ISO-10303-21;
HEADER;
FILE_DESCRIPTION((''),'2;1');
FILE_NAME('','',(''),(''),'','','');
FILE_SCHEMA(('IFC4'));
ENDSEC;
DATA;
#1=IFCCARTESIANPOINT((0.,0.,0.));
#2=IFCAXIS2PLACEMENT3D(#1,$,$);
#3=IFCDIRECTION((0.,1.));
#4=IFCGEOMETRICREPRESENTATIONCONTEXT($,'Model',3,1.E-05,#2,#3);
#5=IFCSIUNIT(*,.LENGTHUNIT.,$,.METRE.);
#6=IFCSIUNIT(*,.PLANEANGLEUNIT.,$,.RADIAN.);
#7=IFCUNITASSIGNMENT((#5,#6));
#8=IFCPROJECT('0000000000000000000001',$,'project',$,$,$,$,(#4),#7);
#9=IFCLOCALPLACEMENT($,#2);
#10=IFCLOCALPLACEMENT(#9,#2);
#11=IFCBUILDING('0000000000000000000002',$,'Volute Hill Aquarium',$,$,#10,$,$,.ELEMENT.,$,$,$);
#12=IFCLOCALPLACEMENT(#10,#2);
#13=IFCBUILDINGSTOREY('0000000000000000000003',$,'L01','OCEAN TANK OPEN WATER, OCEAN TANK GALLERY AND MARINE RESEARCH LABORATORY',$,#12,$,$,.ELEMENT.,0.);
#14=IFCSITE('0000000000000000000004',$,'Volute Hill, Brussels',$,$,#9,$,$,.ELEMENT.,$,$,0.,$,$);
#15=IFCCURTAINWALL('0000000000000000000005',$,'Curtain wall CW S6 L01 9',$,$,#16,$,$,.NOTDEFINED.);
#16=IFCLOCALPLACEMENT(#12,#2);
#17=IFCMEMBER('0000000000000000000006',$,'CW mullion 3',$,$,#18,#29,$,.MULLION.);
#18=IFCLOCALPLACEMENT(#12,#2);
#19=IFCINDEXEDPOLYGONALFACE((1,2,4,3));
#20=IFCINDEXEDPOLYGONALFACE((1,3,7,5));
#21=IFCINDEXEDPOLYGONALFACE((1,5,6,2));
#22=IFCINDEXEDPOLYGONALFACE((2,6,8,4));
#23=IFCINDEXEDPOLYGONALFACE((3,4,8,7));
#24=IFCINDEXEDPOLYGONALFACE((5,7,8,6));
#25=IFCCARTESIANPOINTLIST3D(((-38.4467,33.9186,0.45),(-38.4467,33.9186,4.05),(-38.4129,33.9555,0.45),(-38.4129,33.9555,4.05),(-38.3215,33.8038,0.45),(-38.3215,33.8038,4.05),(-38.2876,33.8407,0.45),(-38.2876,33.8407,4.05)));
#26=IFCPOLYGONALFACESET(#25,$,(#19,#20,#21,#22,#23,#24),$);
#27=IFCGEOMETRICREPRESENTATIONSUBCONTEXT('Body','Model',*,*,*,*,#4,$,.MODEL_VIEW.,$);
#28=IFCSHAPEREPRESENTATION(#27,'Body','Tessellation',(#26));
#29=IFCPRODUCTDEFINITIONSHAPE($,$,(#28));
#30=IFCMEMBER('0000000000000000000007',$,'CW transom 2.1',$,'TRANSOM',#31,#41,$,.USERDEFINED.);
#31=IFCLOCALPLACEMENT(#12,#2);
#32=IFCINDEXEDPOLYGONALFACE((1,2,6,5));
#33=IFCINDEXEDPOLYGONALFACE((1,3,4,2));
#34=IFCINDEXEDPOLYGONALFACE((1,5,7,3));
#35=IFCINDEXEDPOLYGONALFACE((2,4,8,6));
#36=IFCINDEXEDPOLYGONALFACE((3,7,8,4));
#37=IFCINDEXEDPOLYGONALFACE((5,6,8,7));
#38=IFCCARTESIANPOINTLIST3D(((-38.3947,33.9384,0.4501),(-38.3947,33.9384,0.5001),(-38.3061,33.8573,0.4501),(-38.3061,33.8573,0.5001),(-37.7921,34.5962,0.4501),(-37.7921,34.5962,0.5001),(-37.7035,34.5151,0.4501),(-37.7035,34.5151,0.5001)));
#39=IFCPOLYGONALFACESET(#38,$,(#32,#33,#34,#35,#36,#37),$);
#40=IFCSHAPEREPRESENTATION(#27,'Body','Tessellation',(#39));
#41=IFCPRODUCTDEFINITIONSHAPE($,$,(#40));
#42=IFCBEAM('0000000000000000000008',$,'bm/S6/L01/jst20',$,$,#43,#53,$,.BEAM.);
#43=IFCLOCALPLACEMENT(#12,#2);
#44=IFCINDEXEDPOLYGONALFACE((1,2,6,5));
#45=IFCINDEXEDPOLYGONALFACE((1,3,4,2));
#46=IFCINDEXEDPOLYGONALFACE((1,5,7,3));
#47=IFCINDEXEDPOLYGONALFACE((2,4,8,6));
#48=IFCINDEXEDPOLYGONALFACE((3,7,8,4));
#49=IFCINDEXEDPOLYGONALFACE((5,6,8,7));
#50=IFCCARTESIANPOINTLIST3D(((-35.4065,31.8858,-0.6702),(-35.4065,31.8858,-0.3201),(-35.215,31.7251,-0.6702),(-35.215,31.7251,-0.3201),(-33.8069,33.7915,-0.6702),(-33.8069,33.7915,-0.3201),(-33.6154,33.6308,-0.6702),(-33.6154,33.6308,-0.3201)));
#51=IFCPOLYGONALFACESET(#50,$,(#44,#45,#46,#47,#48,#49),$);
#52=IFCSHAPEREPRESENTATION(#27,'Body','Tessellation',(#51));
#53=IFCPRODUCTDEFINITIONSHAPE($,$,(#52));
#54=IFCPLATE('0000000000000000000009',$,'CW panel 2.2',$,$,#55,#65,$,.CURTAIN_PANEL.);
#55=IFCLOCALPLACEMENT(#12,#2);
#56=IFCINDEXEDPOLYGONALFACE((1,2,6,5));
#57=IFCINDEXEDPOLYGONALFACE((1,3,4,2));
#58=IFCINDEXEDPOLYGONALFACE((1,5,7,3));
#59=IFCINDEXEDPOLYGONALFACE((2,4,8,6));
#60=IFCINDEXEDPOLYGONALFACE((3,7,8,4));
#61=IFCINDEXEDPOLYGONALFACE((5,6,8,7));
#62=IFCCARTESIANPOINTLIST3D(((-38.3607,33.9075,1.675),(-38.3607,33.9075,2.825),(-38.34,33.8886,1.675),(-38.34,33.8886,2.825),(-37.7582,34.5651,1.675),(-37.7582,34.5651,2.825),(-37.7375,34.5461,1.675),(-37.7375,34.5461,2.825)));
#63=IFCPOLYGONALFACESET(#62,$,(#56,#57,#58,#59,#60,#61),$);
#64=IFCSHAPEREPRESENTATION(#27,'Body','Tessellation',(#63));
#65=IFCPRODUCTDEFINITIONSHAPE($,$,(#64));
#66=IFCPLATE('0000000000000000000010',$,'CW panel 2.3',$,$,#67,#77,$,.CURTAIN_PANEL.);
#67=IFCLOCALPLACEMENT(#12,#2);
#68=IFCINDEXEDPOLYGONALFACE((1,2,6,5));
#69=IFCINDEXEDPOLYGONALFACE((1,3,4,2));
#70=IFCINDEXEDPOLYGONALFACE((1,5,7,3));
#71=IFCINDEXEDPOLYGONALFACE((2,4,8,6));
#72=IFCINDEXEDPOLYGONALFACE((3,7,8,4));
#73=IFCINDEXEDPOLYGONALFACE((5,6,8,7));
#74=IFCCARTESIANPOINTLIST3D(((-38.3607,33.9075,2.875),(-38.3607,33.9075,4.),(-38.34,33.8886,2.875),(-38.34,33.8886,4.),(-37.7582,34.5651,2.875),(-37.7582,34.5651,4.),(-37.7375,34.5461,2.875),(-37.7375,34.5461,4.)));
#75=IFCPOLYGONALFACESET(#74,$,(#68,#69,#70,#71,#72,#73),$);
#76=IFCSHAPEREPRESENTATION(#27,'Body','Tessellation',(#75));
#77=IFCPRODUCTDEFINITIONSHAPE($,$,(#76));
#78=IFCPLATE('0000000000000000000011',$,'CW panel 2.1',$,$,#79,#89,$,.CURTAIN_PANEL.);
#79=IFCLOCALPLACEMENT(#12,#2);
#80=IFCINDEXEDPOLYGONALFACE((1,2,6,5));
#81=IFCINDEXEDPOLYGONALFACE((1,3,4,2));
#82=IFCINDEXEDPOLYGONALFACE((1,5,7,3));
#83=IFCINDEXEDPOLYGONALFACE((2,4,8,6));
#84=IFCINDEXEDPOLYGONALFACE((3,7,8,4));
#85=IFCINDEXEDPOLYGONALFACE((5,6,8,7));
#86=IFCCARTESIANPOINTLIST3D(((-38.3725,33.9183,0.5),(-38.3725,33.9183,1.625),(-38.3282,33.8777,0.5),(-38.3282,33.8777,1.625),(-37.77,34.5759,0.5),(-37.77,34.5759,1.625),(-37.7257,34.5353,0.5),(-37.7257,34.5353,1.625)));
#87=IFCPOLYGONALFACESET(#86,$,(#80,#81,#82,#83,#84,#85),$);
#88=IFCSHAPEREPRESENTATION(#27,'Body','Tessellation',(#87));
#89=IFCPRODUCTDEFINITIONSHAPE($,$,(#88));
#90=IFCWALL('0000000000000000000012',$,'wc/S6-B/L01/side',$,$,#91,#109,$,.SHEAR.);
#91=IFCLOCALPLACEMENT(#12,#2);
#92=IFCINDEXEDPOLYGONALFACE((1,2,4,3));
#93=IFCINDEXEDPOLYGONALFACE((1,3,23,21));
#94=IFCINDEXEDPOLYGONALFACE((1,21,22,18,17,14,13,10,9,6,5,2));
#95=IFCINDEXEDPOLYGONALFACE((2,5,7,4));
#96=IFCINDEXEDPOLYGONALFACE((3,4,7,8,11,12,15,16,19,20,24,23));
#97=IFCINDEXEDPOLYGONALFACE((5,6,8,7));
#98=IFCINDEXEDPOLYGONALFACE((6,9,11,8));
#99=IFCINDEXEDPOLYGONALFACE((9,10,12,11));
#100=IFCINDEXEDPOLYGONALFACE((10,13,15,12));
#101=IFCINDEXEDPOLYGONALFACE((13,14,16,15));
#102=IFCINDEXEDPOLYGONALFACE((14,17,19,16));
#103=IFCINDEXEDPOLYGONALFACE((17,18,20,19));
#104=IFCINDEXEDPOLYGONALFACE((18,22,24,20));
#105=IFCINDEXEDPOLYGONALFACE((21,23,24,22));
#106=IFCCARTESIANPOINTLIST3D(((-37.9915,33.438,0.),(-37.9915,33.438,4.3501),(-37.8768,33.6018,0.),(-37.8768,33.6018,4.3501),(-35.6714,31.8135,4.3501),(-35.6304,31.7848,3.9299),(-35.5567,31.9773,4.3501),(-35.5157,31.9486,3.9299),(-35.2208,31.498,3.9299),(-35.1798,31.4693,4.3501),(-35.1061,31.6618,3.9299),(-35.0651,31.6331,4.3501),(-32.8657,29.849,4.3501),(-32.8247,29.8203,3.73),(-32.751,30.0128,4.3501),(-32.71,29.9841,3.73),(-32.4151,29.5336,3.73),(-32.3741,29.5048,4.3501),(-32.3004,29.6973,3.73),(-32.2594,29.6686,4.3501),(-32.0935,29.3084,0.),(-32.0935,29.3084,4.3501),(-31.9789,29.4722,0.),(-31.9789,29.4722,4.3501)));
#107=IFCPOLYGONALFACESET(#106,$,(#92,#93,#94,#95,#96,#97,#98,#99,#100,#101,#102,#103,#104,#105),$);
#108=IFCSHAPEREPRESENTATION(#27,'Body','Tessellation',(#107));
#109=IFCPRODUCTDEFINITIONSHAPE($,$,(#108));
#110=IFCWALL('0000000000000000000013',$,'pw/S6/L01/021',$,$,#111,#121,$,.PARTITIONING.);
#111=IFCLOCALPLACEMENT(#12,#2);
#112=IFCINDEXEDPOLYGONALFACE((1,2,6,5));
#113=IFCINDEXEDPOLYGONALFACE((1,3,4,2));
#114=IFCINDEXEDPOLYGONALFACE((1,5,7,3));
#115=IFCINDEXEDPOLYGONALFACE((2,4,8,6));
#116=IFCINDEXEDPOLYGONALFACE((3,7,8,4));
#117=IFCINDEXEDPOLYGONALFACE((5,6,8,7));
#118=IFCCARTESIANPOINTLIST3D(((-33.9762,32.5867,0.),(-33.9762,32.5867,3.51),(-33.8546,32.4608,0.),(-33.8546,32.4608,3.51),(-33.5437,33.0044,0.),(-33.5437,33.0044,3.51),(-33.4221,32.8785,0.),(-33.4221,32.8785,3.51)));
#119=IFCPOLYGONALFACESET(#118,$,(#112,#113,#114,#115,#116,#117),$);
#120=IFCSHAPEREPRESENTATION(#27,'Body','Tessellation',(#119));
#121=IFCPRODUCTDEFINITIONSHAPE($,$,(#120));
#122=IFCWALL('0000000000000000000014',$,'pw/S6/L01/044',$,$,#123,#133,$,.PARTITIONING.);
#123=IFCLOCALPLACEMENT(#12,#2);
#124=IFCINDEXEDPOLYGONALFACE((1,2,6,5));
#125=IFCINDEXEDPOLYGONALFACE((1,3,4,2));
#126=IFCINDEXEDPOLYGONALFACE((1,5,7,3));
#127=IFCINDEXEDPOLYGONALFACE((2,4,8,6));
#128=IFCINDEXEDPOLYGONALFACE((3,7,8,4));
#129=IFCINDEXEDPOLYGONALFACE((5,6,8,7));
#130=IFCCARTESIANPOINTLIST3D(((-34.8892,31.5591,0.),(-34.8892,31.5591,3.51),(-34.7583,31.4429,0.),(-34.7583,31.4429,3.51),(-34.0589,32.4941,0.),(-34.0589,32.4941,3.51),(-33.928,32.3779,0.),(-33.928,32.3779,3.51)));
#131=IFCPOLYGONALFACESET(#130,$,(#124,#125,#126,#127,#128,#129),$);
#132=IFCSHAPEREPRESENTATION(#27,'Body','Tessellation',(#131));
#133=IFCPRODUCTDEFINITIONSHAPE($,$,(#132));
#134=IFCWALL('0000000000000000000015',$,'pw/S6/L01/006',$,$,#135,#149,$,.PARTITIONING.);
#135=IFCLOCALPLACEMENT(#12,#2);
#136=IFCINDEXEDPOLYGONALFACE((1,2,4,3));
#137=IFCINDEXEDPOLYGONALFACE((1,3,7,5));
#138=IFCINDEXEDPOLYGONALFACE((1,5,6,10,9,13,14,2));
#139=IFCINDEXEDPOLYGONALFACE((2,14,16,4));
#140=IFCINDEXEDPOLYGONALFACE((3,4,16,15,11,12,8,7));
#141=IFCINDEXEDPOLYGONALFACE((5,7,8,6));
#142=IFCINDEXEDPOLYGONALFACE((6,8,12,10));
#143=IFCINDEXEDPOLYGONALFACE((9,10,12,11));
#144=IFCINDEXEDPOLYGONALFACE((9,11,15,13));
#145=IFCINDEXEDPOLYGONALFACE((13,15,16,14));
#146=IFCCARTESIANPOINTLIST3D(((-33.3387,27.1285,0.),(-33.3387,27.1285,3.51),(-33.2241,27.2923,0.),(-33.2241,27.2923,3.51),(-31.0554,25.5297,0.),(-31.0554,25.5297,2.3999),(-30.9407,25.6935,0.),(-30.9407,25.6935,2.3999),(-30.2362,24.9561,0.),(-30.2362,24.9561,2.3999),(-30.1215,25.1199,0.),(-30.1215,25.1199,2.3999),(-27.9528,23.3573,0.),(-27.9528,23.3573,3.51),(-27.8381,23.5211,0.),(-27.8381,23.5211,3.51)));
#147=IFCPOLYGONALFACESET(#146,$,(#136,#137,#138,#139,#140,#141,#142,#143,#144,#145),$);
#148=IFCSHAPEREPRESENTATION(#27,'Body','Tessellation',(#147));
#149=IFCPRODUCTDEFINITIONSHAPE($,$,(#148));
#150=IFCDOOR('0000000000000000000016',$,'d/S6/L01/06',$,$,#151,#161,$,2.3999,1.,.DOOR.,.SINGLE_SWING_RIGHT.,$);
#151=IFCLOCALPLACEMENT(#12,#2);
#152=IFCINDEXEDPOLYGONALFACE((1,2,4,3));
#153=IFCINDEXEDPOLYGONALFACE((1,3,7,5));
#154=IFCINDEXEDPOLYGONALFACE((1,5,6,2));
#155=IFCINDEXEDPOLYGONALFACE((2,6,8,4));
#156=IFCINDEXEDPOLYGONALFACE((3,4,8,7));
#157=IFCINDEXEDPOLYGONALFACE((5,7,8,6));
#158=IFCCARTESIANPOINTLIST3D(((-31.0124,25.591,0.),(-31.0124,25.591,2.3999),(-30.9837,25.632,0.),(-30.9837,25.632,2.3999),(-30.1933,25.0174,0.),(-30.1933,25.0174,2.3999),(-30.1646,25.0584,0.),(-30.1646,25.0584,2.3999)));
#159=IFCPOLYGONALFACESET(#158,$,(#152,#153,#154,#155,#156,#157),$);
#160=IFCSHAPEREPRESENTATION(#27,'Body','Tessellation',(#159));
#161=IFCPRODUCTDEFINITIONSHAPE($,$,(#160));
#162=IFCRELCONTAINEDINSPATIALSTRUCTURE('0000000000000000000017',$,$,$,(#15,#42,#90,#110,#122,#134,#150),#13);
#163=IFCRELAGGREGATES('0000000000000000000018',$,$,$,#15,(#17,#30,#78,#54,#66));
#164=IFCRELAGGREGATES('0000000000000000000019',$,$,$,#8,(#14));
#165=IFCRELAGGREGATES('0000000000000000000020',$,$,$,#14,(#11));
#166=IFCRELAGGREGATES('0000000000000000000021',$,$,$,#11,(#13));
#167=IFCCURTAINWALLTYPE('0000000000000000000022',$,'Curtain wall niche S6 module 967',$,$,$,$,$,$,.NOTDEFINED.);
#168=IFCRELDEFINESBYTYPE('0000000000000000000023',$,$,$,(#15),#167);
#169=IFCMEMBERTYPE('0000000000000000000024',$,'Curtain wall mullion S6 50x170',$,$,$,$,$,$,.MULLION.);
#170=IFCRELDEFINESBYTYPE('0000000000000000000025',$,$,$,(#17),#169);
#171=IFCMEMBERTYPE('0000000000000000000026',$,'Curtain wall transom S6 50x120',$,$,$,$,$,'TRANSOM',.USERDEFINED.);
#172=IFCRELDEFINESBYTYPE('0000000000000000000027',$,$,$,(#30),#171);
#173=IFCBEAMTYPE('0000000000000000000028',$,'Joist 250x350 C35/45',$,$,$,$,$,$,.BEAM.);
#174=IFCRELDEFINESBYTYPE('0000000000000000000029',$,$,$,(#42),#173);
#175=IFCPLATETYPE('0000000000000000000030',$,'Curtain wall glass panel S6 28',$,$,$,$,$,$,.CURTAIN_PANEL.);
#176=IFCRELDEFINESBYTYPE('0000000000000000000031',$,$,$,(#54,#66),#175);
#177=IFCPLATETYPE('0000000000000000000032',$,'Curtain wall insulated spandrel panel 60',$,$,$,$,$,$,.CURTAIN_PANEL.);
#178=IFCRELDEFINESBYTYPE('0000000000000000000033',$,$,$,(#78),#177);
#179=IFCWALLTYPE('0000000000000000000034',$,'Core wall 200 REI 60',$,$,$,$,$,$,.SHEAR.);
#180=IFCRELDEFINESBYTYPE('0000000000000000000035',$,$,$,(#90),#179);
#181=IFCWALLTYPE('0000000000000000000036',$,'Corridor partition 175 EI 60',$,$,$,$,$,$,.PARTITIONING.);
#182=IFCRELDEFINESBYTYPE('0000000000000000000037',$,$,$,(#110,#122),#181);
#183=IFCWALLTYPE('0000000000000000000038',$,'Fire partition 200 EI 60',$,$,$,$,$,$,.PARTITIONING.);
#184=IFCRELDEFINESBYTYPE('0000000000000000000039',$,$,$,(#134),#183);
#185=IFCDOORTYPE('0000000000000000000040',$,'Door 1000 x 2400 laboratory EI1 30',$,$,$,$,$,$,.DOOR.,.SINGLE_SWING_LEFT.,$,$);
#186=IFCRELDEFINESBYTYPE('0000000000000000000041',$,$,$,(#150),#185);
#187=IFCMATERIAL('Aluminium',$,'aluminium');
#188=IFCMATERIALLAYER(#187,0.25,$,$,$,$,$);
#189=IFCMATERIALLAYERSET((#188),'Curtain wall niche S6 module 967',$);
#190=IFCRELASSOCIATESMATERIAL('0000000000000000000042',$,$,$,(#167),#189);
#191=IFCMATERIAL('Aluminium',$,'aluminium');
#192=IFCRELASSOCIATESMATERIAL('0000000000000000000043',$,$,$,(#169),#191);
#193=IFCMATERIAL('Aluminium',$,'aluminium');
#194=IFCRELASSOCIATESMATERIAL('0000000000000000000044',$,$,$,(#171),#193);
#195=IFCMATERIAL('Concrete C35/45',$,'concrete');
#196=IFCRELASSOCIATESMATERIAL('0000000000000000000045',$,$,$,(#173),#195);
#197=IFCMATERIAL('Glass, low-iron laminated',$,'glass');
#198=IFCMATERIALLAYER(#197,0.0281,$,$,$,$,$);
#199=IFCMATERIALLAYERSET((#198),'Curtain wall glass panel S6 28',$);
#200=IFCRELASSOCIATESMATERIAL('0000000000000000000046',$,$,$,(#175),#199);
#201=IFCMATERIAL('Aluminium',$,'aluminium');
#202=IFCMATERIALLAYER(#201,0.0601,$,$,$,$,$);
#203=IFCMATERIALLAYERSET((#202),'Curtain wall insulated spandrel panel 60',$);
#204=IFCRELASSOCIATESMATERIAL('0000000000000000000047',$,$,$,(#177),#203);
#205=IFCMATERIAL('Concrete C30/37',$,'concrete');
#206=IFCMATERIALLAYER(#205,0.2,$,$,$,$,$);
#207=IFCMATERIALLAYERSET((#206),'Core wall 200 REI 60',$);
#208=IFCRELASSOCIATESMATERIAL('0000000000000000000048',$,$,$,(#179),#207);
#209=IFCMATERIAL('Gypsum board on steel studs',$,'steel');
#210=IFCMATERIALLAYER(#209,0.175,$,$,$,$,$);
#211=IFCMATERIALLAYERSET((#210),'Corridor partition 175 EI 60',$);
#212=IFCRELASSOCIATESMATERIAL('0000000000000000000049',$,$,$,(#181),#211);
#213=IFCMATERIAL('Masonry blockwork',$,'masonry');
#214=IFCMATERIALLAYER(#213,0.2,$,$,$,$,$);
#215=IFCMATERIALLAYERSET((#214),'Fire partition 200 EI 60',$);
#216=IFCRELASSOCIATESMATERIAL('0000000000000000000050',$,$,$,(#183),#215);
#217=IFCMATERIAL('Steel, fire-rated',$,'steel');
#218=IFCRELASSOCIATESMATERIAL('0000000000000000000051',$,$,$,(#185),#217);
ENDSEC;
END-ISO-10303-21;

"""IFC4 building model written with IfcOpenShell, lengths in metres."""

from ifc_helpers import new_model, si_unit, direction, frame, frame_2d, origin, origin_2d, place, context, subcontext, project, spatial, polyline, rectangle, outline, extrude, material, layer, layer_set, material_profile, profile_set, type_object, element, fill, aggregate, save


model = new_model("IFC4")

# Units and contexts
model_context = context("Model", 3, precision=1e-05, world=origin(), true_north=direction((0.0, 1.0)))
body_context = subcontext(model_context, "Body", "Model", "MODEL_VIEW")
ifc_project = project(units=[si_unit("LENGTHUNIT", "METRE"), si_unit("PLANEANGLEUNIT", "RADIAN")], contexts=[model_context])

# Site, building, storey
site_placement = place(None, origin())
site = spatial("IfcSite", under=ifc_project, at=site_placement, Name="Volute Hill, Brussels", CompositionType="ELEMENT", RefElevation=0.0)
building_placement = place(site_placement, origin())
building = spatial("IfcBuilding", under=site, at=building_placement, Name="Volute Hill Aquarium", CompositionType="ELEMENT")
storey_placement = place(building_placement, origin())
storey = spatial("IfcBuildingStorey", under=building, at=storey_placement, Name="L01", Description="OCEAN TANK OPEN WATER, OCEAN TANK GALLERY AND MARINE RESEARCH LABORATORY", CompositionType="ELEMENT", Elevation=0.0)

# Curtain wall, members
ifc_material_1 = material(Name="Aluminium", Category="aluminium")
ifc_layer_1 = layer(ifc_material_1, 0.25)
ifc_layer_set_1 = layer_set([ifc_layer_1], Name="Curtain wall niche S6 module 967")
curtain_wall_type = type_object("IfcCurtainWallType", Name="Curtain wall niche S6 module 967", PredefinedType="NOTDEFINED", material=ifc_layer_set_1)
curtain_wall_placement = place(storey_placement, origin())
curtain_wall = element("IfcCurtainWall", 1, at=curtain_wall_placement, inside=storey, type_object=curtain_wall_type, Name="Curtain wall CW S6 L01 9", PredefinedType="NOTDEFINED")
ifc_material_2 = material(Name="Aluminium", Category="aluminium")
ifc_material_profile_1 = material_profile(ifc_material_2, rectangle(XDim=0.1699, YDim=0.05, at=origin_2d()), Name="Curtain wall mullion S6 50x170")
ifc_profile_set_1 = profile_set([ifc_material_profile_1], Name="Aluminium")
member_type_1 = type_object("IfcMemberType", Name="Curtain wall mullion S6 50x170", PredefinedType="MULLION", material=ifc_profile_set_1)
member_1_placement = place(storey_placement, frame((-38.3672, 33.8796, 0.45), z_axis=(0.0, 0.0, 1.0), x_axis=(0.737285, -0.675582, 0.0)))
member_1 = element("IfcMember", 2, at=member_1_placement, type_object=member_type_1, Name="CW mullion 3", PredefinedType="MULLION", context=body_context, shape_type="SweptSolid", body=[
    extrude(rectangle(XDim=0.1699, YDim=0.05, at=origin_2d()), origin(), (0.0, 0.0, 1.0), 3.6001),
])
ifc_material_3 = material(Name="Aluminium", Category="aluminium")
ifc_material_profile_2 = material_profile(ifc_material_3, rectangle(XDim=0.1201, YDim=0.05, at=origin_2d()), Name="Curtain wall transom S6 50x120")
ifc_profile_set_2 = profile_set([ifc_material_profile_2], Name="Aluminium")
member_type_2 = type_object("IfcMemberType", Name="Curtain wall transom S6 50x120", ElementType="TRANSOM", PredefinedType="USERDEFINED", material=ifc_profile_set_2)
member_2_placement = place(storey_placement, frame((-37.7478, 34.5557, 0.4751), z_axis=(-0.675502, -0.737359, 0.0), x_axis=(0.737359, -0.675502, 0.0)))
member_2 = element("IfcMember", 3, at=member_2_placement, type_object=member_type_2, Name="CW transom 2.1", ObjectType="TRANSOM", PredefinedType="USERDEFINED", context=body_context, shape_type="SweptSolid", body=[
    extrude(rectangle(XDim=0.1201, YDim=0.05, at=origin_2d()), origin(), (0.0, 0.0, 1.0), 0.8921),
])

# Beam
ifc_material_4 = material(Name="Concrete C35/45", Category="concrete")
ifc_material_profile_3 = material_profile(ifc_material_4, rectangle(XDim=0.25, YDim=0.3501, at=origin_2d()), Name="RC joist 250x350")
ifc_profile_set_3 = profile_set([ifc_material_profile_3], Name="Concrete C35/45")
beam_type = type_object("IfcBeamType", Name="Joist 250x350 C35/45", PredefinedType="BEAM", material=ifc_profile_set_3)
beam_placement = place(storey_placement, frame((-33.7112, 33.7112, -0.4951), z_axis=(-0.642902, -0.765948, 0.0), x_axis=(0.765948, -0.642902, 0.0)))
element("IfcBeam", 4, at=beam_placement, inside=storey, type_object=beam_type, Name="bm/S6/L01/jst20", PredefinedType="BEAM", context=body_context, shape_type="SweptSolid", body=[
    extrude(rectangle(XDim=0.25, YDim=0.3501, at=origin_2d()), origin(), (0.0, 0.0, 1.0), 2.488),
])

# Plates
ifc_material_5 = material(Name="Glass, low-iron laminated", Category="glass")
ifc_layer_2 = layer(ifc_material_5, 0.0281)
ifc_layer_set_2 = layer_set([ifc_layer_2], Name="Curtain wall glass panel S6 28")
plate_type_1 = type_object("IfcPlateType", Name="Curtain wall glass panel S6 28", PredefinedType="CURTAIN_PANEL", material=ifc_layer_set_2)
plate_1_placement = place(storey_placement, frame((-38.0491, 34.2268, 1.675), z_axis=(0.0, 0.0, 1.0), x_axis=(-0.675582, -0.737285, 0.0)))
plate_1 = element("IfcPlate", 5, at=plate_1_placement, type_object=plate_type_1, Name="CW panel 2.2", PredefinedType="CURTAIN_PANEL", context=body_context, shape_type="SweptSolid", body=[
    extrude(rectangle(XDim=0.8918, YDim=0.0281, at=origin_2d()), origin(), (0.0, 0.0, 1.0), 1.1499),
])
plate_2_placement = place(storey_placement, frame((-38.0491, 34.2268, 2.875), z_axis=(0.0, 0.0, 1.0), x_axis=(-0.675582, -0.737285, 0.0)))
plate_2 = element("IfcPlate", 6, at=plate_2_placement, type_object=plate_type_1, Name="CW panel 2.3", PredefinedType="CURTAIN_PANEL", context=body_context, shape_type="SweptSolid", body=[
    extrude(rectangle(XDim=0.8918, YDim=0.0281, at=origin_2d()), origin(), (0.0, 0.0, 1.0), 1.125),
])
ifc_material_6 = material(Name="Aluminium", Category="aluminium")
ifc_layer_3 = layer(ifc_material_6, 0.0601)
ifc_layer_set_3 = layer_set([ifc_layer_3], Name="Curtain wall insulated spandrel panel 60")
plate_type_2 = type_object("IfcPlateType", Name="Curtain wall insulated spandrel panel 60", PredefinedType="CURTAIN_PANEL", material=ifc_layer_set_3)
plate_3_placement = place(storey_placement, frame((-38.0491, 34.2268, 0.5), z_axis=(0.0, 0.0, 1.0), x_axis=(-0.675582, -0.737285, 0.0)))
plate_3 = element("IfcPlate", 7, at=plate_3_placement, type_object=plate_type_2, Name="CW panel 2.1", PredefinedType="CURTAIN_PANEL", context=body_context, shape_type="SweptSolid", body=[
    extrude(rectangle(XDim=0.8918, YDim=0.0601, at=origin_2d()), origin(), (0.0, 0.0, 1.0), 1.125),
])
aggregate(curtain_wall, [member_1, member_2, plate_3, plate_1, plate_2])

# Walls
ifc_material_7 = material(Name="Concrete C30/37", Category="concrete")
ifc_layer_4 = layer(ifc_material_7, 0.2)
ifc_layer_set_4 = layer_set([ifc_layer_4], Name="Core wall 200 REI 60")
wall_type_1 = type_object("IfcWallType", Name="Core wall 200 REI 60", PredefinedType="SHEAR", material=ifc_layer_set_4)
wall_1_placement = place(storey_placement, frame((-32.0361, 29.3904, 0.0), z_axis=(0.0, 0.0, 1.0), x_axis=(-0.819162, 0.573562, 0.0)))
element("IfcWall", 8, at=wall_1_placement, inside=storey, type_object=wall_type_1, Name="wc/S6-B/L01/side", PredefinedType="SHEAR", context=body_context, shape_type="SweptSolid", body=[
    extrude(outline(polyline([(0.0, 0.0), (7.2, 0.0), (7.2, 4.3501), (4.3677, 4.3501), (4.3176, 3.9299), (3.8176, 3.9299), (3.7676, 4.3501), (0.9426, 4.3501), (0.8926, 3.73), (0.3926, 3.73), (0.3425, 4.3501), (0.0, 4.3501), (0.0, 0.0)])), frame((0.0, 0.1001, 0.0), z_axis=(0.0, -1.0, 0.0), x_axis=(1.0, 0.0, 0.0)), (0.0, 0.0, 1.0), 0.2),
])
ifc_material_8 = material(Name="Gypsum board on steel studs", Category="steel")
ifc_layer_5 = layer(ifc_material_8, 0.175)
ifc_layer_set_5 = layer_set([ifc_layer_5], Name="Corridor partition 175 EI 60")
wall_type_2 = type_object("IfcWallType", Name="Corridor partition 175 EI 60", PredefinedType="PARTITIONING", material=ifc_layer_set_5)
wall_2_placement = place(storey_placement, frame((-33.9155, 32.5237, 0.0), z_axis=(0.0, 0.0, 1.0), x_axis=(0.71938, 0.694616, 0.0)))
element("IfcWall", 9, at=wall_2_placement, inside=storey, type_object=wall_type_2, Name="pw/S6/L01/021", PredefinedType="PARTITIONING", context=body_context, shape_type="SweptSolid", body=[
    extrude(rectangle(XDim=0.6013, YDim=0.175, at=frame_2d((0.3008, 0.0))), origin(), (0.0, 0.0, 1.0), 3.51),
])
wall_3_placement = place(storey_placement, frame((-34.8237, 31.501, 0.0), z_axis=(0.0, 0.0, 1.0), x_axis=(0.663988, 0.747743, 0.0)))
element("IfcWall", 10, at=wall_3_placement, inside=storey, type_object=wall_type_2, Name="pw/S6/L01/044", PredefinedType="PARTITIONING", context=body_context, shape_type="SweptSolid", body=[
    extrude(rectangle(XDim=1.2505, YDim=0.175, at=frame_2d((0.6252, 0.0))), origin(), (0.0, 0.0, 1.0), 3.51),
])

# Wall, opening, door
ifc_material_9 = material(Name="Masonry blockwork", Category="masonry")
ifc_layer_6 = layer(ifc_material_9, 0.2)
ifc_layer_set_6 = layer_set([ifc_layer_6], Name="Fire partition 200 EI 60")
wall_type_3 = type_object("IfcWallType", Name="Fire partition 200 EI 60", PredefinedType="PARTITIONING", material=ifc_layer_set_6)
wall_4_placement = place(storey_placement, frame((-33.2815, 27.2104, 0.0), z_axis=(0.0, 0.0, 1.0), x_axis=(0.819157, -0.573569, 0.0)))
wall_4 = element("IfcWall", 11, at=wall_4_placement, inside=storey, type_object=wall_type_3, Name="pw/S6/L01/006", PredefinedType="PARTITIONING", context=body_context, shape_type="SweptSolid", body=[
    extrude(rectangle(XDim=6.575, YDim=0.2, at=frame_2d((3.2876, 0.0))), origin(), (0.0, 0.0, 1.0), 3.51),
])
opening_1_placement = place(wall_4_placement, frame((2.7876, 0.0, 0.0)))
opening_1 = element("IfcOpeningElement", 12, at=opening_1_placement, cuts=wall_4, PredefinedType="OPENING", context=body_context, shape_type="SweptSolid", body=[
    extrude(rectangle(XDim=1.0, YDim=2.3999, at=frame_2d((0.5, 1.2))), frame((0.0, 0.1099, 0.0), z_axis=(0.0, -1.0, 0.0), x_axis=(1.0, 0.0, 0.0)), (0.0, 0.0, 1.0), 0.22),
])
ifc_material_10 = material(Name="Steel, fire-rated", Category="steel")
door_type_1 = type_object("IfcDoorType", Name="Door 1000 x 2400 laboratory EI1 30", OperationType="SINGLE_SWING_LEFT", PredefinedType="DOOR", material=ifc_material_10)
door_1_placement = place(opening_1_placement, origin())
door_1 = element("IfcDoor", 13, at=door_1_placement, inside=storey, type_object=door_type_1, Name="d/S6/L01/06", OperationType="SINGLE_SWING_RIGHT", OverallHeight=2.3999, OverallWidth=1.0, PredefinedType="DOOR", context=body_context, shape_type="SweptSolid", body=[
    extrude(rectangle(XDim=1.0, YDim=2.3999, at=frame_2d((0.5, 1.2))), frame((0.0, 0.0249, 0.0), z_axis=(0.0, -1.0, 0.0), x_axis=(1.0, 0.0, 0.0)), (0.0, 0.0, 1.0), 0.05),
])
fill(opening_1, door_1)

save(model, "model.ifc")
